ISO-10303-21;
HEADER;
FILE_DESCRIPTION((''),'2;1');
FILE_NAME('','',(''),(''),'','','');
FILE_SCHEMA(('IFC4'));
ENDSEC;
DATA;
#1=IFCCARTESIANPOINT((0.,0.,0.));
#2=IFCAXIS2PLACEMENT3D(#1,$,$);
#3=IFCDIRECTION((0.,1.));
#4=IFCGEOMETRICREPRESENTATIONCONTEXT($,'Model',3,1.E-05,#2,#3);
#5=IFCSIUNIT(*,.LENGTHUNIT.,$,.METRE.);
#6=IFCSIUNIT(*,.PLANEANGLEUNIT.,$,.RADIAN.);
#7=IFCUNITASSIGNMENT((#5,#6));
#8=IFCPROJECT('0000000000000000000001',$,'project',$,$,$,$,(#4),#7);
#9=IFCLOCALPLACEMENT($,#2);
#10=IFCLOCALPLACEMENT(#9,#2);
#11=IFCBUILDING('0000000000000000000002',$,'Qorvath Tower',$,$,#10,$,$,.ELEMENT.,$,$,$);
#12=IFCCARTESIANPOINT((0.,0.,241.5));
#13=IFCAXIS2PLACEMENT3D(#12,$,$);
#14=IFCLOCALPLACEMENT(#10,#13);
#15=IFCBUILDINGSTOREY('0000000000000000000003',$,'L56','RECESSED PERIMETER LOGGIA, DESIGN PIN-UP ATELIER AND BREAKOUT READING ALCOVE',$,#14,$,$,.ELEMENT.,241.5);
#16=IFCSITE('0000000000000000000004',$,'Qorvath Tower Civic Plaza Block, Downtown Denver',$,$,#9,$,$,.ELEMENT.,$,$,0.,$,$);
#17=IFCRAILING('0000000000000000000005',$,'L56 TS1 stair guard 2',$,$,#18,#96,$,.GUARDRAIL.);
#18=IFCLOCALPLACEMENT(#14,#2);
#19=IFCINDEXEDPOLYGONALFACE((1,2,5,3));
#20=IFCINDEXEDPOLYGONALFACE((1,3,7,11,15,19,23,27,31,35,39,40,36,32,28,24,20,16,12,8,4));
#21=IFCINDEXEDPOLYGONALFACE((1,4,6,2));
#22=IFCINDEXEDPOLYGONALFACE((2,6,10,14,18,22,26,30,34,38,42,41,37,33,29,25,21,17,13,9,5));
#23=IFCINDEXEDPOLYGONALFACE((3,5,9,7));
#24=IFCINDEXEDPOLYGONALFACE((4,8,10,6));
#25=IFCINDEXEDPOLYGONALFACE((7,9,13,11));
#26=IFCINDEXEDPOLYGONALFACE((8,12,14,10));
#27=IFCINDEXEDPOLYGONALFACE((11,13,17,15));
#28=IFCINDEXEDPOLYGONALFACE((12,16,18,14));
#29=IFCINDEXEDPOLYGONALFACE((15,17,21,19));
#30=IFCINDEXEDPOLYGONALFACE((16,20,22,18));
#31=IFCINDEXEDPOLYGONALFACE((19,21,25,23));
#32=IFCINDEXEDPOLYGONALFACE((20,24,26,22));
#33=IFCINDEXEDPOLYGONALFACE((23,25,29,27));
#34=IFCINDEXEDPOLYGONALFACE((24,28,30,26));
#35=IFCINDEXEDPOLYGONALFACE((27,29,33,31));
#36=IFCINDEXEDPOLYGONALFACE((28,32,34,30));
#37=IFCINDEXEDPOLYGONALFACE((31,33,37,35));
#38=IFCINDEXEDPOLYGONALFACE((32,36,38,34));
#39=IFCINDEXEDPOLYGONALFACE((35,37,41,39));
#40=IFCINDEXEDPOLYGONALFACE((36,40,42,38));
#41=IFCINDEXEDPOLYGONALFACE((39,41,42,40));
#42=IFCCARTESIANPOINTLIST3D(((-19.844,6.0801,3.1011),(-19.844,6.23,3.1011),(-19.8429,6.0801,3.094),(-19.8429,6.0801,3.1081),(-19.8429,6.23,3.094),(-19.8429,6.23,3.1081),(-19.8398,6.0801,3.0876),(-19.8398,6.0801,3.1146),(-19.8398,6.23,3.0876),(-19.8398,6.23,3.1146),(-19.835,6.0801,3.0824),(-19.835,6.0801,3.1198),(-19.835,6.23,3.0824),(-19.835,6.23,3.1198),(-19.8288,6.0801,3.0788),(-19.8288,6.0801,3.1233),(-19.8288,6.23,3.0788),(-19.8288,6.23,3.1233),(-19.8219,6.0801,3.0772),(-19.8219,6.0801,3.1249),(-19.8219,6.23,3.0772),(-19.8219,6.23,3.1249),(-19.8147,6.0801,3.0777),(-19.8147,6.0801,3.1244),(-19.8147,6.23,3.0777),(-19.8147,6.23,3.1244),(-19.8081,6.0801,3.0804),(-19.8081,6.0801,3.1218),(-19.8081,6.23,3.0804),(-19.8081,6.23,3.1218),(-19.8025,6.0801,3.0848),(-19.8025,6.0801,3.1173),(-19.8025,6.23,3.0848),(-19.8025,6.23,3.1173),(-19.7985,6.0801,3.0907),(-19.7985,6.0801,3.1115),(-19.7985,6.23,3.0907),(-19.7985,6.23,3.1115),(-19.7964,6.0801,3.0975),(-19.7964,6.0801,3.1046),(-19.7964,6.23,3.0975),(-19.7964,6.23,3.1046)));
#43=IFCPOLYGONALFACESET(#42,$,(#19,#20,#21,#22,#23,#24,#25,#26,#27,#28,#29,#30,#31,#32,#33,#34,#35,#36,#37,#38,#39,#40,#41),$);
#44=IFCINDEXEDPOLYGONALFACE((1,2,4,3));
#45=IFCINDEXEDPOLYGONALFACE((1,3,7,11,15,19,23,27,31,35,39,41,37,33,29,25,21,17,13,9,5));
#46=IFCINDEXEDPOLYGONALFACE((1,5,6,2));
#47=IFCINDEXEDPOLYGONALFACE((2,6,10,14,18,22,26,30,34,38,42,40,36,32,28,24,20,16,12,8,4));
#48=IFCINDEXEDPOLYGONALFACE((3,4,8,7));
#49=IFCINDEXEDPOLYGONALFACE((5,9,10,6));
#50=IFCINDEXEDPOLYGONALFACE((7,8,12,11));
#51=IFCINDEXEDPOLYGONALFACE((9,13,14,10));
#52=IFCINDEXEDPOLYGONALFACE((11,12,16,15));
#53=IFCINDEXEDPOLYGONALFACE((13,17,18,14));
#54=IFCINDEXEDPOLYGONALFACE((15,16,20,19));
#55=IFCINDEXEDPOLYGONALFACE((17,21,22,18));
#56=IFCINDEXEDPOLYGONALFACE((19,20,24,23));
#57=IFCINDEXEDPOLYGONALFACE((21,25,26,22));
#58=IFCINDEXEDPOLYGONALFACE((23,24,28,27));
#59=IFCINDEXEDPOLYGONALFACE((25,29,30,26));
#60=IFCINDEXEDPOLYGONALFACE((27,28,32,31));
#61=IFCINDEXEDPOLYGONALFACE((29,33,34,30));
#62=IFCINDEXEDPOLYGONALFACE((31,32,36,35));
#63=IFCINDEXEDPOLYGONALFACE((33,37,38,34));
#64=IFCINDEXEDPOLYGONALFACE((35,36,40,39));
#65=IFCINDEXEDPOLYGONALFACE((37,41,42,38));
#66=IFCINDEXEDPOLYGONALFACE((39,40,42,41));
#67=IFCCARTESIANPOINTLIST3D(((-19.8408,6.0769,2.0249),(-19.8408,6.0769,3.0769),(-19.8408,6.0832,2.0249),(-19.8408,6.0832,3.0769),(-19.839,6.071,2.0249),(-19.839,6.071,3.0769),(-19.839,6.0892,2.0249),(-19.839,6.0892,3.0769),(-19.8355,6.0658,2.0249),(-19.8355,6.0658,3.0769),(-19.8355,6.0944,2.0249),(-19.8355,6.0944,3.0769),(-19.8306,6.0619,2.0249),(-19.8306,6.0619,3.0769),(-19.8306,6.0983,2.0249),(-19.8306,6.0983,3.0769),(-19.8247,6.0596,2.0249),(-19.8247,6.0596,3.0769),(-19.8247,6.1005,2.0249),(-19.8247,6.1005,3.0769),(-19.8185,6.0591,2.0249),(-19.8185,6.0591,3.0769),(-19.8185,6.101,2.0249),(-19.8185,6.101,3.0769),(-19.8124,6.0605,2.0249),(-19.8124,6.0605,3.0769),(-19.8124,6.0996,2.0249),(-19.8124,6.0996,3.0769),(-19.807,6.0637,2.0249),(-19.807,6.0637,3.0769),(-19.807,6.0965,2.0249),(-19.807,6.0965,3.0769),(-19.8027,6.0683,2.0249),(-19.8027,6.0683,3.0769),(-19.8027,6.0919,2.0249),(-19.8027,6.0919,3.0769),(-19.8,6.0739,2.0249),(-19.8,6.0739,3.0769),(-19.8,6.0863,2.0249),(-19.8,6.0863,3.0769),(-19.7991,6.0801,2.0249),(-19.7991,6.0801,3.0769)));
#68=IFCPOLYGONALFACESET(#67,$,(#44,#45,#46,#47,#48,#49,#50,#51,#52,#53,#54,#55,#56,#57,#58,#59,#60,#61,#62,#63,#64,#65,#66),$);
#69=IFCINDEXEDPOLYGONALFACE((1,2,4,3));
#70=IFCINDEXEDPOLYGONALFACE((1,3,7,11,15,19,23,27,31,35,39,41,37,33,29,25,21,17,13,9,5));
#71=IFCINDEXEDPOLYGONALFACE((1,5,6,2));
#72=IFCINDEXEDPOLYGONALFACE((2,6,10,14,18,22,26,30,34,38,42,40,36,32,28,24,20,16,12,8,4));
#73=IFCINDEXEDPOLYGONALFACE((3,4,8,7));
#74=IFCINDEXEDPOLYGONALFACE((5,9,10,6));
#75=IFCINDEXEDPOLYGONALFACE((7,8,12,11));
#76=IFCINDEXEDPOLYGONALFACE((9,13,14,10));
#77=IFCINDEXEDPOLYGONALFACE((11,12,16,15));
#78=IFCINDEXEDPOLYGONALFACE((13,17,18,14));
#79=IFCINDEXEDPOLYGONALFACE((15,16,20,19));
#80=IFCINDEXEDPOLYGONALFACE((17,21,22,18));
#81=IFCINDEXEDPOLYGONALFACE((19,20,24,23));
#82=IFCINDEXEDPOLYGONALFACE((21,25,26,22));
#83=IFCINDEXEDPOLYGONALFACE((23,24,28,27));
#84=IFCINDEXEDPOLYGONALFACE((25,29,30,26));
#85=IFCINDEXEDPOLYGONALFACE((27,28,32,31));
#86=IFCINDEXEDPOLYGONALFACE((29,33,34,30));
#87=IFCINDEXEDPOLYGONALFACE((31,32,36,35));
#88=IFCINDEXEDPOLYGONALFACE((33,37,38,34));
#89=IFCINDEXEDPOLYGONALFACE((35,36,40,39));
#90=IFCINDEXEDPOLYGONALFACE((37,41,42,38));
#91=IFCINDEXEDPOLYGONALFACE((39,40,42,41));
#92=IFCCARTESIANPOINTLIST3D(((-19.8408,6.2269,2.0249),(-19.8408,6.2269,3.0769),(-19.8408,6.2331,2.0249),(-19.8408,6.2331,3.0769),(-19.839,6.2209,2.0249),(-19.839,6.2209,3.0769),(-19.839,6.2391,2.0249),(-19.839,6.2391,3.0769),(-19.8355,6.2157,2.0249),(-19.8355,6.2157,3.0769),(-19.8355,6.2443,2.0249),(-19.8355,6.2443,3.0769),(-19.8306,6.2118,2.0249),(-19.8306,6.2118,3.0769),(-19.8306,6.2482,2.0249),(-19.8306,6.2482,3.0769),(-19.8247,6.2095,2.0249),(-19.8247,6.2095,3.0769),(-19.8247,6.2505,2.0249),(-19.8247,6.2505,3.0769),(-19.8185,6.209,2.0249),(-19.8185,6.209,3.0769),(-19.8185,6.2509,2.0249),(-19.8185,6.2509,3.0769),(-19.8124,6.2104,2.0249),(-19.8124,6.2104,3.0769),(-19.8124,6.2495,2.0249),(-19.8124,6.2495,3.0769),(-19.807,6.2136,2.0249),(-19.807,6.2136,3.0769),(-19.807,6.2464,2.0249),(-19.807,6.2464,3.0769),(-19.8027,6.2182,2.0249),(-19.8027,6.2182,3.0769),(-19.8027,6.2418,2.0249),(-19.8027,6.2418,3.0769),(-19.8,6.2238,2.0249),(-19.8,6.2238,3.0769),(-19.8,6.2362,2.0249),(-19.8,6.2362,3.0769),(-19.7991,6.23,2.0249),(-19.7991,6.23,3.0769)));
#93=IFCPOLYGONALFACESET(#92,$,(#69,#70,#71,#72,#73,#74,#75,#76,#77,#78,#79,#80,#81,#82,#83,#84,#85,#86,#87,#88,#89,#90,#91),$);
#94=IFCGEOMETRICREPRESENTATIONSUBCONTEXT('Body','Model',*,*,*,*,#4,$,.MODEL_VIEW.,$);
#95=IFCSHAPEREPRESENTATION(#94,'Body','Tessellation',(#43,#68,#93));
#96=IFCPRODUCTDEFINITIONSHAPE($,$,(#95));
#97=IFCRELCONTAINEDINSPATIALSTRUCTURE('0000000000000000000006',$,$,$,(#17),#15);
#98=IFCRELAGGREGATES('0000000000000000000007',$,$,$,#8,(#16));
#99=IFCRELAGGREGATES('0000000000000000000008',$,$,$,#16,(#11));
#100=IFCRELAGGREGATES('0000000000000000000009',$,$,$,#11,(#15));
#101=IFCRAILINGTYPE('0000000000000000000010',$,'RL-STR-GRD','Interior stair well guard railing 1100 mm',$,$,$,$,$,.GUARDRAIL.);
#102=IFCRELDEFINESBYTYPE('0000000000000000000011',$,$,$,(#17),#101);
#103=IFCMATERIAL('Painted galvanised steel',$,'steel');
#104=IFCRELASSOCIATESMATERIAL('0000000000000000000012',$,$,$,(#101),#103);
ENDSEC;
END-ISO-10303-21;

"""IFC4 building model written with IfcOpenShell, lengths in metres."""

from ifc_helpers import new_model, si_unit, direction, frame, origin, origin_2d, place, context, subcontext, project, spatial, circle, extrude, material, type_object, element, save


model = new_model("IFC4")

# Units and contexts
model_context = context("Model", 3, precision=1e-05, world=origin(), true_north=direction((0.0, 1.0)))
body_context = subcontext(model_context, "Body", "Model", "MODEL_VIEW")
ifc_project = project(units=[si_unit("LENGTHUNIT", "METRE"), si_unit("PLANEANGLEUNIT", "RADIAN")], contexts=[model_context])

# Site, building, storey
site_placement = place(None, origin())
site = spatial("IfcSite", under=ifc_project, at=site_placement, Name="Qorvath Tower Civic Plaza Block, Downtown Denver", CompositionType="ELEMENT", RefElevation=0.0)
building_placement = place(site_placement, origin())
building = spatial("IfcBuilding", under=site, at=building_placement, Name="Qorvath Tower", CompositionType="ELEMENT")
storey_placement = place(building_placement, frame((0.0, 0.0, 241.5)))
storey = spatial("IfcBuildingStorey", under=building, at=storey_placement, Name="L56", Description="RECESSED PERIMETER LOGGIA, DESIGN PIN-UP ATELIER AND BREAKOUT READING ALCOVE", CompositionType="ELEMENT", Elevation=241.5)

# Railing
ifc_material_1 = material(Name="Painted galvanised steel", Category="steel")
railing_type_1 = type_object("IfcRailingType", Name="RL-STR-GRD", Description="Interior stair well guard railing 1100 mm", PredefinedType="GUARDRAIL", material=ifc_material_1)
railing_1_placement = place(storey_placement, frame((-19.8201, 6.0801, 2.0249)))
element("IfcRailing", 1, at=railing_1_placement, inside=storey, type_object=railing_type_1, Name="L56 TS1 stair guard 2", PredefinedType="GUARDRAIL", context=body_context, shape_type="SweptSolid", body=[
    extrude(circle(Radius=0.0239, at=origin_2d()), frame((0.0, 0.0, 1.0762), z_axis=(0.0, 1.0, 0.0), x_axis=(-1.0, 0.0, 0.0)), (0.0, 0.0, 1.0), 0.1499),
    extrude(circle(Radius=0.021, at=origin_2d()), origin(), (0.0, 0.0, 1.0), 1.052),
    extrude(circle(Radius=0.021, at=origin_2d()), frame((0.0, 0.1499, 0.0)), (0.0, 0.0, 1.0), 1.052),
])

save(model, "model.ifc")
